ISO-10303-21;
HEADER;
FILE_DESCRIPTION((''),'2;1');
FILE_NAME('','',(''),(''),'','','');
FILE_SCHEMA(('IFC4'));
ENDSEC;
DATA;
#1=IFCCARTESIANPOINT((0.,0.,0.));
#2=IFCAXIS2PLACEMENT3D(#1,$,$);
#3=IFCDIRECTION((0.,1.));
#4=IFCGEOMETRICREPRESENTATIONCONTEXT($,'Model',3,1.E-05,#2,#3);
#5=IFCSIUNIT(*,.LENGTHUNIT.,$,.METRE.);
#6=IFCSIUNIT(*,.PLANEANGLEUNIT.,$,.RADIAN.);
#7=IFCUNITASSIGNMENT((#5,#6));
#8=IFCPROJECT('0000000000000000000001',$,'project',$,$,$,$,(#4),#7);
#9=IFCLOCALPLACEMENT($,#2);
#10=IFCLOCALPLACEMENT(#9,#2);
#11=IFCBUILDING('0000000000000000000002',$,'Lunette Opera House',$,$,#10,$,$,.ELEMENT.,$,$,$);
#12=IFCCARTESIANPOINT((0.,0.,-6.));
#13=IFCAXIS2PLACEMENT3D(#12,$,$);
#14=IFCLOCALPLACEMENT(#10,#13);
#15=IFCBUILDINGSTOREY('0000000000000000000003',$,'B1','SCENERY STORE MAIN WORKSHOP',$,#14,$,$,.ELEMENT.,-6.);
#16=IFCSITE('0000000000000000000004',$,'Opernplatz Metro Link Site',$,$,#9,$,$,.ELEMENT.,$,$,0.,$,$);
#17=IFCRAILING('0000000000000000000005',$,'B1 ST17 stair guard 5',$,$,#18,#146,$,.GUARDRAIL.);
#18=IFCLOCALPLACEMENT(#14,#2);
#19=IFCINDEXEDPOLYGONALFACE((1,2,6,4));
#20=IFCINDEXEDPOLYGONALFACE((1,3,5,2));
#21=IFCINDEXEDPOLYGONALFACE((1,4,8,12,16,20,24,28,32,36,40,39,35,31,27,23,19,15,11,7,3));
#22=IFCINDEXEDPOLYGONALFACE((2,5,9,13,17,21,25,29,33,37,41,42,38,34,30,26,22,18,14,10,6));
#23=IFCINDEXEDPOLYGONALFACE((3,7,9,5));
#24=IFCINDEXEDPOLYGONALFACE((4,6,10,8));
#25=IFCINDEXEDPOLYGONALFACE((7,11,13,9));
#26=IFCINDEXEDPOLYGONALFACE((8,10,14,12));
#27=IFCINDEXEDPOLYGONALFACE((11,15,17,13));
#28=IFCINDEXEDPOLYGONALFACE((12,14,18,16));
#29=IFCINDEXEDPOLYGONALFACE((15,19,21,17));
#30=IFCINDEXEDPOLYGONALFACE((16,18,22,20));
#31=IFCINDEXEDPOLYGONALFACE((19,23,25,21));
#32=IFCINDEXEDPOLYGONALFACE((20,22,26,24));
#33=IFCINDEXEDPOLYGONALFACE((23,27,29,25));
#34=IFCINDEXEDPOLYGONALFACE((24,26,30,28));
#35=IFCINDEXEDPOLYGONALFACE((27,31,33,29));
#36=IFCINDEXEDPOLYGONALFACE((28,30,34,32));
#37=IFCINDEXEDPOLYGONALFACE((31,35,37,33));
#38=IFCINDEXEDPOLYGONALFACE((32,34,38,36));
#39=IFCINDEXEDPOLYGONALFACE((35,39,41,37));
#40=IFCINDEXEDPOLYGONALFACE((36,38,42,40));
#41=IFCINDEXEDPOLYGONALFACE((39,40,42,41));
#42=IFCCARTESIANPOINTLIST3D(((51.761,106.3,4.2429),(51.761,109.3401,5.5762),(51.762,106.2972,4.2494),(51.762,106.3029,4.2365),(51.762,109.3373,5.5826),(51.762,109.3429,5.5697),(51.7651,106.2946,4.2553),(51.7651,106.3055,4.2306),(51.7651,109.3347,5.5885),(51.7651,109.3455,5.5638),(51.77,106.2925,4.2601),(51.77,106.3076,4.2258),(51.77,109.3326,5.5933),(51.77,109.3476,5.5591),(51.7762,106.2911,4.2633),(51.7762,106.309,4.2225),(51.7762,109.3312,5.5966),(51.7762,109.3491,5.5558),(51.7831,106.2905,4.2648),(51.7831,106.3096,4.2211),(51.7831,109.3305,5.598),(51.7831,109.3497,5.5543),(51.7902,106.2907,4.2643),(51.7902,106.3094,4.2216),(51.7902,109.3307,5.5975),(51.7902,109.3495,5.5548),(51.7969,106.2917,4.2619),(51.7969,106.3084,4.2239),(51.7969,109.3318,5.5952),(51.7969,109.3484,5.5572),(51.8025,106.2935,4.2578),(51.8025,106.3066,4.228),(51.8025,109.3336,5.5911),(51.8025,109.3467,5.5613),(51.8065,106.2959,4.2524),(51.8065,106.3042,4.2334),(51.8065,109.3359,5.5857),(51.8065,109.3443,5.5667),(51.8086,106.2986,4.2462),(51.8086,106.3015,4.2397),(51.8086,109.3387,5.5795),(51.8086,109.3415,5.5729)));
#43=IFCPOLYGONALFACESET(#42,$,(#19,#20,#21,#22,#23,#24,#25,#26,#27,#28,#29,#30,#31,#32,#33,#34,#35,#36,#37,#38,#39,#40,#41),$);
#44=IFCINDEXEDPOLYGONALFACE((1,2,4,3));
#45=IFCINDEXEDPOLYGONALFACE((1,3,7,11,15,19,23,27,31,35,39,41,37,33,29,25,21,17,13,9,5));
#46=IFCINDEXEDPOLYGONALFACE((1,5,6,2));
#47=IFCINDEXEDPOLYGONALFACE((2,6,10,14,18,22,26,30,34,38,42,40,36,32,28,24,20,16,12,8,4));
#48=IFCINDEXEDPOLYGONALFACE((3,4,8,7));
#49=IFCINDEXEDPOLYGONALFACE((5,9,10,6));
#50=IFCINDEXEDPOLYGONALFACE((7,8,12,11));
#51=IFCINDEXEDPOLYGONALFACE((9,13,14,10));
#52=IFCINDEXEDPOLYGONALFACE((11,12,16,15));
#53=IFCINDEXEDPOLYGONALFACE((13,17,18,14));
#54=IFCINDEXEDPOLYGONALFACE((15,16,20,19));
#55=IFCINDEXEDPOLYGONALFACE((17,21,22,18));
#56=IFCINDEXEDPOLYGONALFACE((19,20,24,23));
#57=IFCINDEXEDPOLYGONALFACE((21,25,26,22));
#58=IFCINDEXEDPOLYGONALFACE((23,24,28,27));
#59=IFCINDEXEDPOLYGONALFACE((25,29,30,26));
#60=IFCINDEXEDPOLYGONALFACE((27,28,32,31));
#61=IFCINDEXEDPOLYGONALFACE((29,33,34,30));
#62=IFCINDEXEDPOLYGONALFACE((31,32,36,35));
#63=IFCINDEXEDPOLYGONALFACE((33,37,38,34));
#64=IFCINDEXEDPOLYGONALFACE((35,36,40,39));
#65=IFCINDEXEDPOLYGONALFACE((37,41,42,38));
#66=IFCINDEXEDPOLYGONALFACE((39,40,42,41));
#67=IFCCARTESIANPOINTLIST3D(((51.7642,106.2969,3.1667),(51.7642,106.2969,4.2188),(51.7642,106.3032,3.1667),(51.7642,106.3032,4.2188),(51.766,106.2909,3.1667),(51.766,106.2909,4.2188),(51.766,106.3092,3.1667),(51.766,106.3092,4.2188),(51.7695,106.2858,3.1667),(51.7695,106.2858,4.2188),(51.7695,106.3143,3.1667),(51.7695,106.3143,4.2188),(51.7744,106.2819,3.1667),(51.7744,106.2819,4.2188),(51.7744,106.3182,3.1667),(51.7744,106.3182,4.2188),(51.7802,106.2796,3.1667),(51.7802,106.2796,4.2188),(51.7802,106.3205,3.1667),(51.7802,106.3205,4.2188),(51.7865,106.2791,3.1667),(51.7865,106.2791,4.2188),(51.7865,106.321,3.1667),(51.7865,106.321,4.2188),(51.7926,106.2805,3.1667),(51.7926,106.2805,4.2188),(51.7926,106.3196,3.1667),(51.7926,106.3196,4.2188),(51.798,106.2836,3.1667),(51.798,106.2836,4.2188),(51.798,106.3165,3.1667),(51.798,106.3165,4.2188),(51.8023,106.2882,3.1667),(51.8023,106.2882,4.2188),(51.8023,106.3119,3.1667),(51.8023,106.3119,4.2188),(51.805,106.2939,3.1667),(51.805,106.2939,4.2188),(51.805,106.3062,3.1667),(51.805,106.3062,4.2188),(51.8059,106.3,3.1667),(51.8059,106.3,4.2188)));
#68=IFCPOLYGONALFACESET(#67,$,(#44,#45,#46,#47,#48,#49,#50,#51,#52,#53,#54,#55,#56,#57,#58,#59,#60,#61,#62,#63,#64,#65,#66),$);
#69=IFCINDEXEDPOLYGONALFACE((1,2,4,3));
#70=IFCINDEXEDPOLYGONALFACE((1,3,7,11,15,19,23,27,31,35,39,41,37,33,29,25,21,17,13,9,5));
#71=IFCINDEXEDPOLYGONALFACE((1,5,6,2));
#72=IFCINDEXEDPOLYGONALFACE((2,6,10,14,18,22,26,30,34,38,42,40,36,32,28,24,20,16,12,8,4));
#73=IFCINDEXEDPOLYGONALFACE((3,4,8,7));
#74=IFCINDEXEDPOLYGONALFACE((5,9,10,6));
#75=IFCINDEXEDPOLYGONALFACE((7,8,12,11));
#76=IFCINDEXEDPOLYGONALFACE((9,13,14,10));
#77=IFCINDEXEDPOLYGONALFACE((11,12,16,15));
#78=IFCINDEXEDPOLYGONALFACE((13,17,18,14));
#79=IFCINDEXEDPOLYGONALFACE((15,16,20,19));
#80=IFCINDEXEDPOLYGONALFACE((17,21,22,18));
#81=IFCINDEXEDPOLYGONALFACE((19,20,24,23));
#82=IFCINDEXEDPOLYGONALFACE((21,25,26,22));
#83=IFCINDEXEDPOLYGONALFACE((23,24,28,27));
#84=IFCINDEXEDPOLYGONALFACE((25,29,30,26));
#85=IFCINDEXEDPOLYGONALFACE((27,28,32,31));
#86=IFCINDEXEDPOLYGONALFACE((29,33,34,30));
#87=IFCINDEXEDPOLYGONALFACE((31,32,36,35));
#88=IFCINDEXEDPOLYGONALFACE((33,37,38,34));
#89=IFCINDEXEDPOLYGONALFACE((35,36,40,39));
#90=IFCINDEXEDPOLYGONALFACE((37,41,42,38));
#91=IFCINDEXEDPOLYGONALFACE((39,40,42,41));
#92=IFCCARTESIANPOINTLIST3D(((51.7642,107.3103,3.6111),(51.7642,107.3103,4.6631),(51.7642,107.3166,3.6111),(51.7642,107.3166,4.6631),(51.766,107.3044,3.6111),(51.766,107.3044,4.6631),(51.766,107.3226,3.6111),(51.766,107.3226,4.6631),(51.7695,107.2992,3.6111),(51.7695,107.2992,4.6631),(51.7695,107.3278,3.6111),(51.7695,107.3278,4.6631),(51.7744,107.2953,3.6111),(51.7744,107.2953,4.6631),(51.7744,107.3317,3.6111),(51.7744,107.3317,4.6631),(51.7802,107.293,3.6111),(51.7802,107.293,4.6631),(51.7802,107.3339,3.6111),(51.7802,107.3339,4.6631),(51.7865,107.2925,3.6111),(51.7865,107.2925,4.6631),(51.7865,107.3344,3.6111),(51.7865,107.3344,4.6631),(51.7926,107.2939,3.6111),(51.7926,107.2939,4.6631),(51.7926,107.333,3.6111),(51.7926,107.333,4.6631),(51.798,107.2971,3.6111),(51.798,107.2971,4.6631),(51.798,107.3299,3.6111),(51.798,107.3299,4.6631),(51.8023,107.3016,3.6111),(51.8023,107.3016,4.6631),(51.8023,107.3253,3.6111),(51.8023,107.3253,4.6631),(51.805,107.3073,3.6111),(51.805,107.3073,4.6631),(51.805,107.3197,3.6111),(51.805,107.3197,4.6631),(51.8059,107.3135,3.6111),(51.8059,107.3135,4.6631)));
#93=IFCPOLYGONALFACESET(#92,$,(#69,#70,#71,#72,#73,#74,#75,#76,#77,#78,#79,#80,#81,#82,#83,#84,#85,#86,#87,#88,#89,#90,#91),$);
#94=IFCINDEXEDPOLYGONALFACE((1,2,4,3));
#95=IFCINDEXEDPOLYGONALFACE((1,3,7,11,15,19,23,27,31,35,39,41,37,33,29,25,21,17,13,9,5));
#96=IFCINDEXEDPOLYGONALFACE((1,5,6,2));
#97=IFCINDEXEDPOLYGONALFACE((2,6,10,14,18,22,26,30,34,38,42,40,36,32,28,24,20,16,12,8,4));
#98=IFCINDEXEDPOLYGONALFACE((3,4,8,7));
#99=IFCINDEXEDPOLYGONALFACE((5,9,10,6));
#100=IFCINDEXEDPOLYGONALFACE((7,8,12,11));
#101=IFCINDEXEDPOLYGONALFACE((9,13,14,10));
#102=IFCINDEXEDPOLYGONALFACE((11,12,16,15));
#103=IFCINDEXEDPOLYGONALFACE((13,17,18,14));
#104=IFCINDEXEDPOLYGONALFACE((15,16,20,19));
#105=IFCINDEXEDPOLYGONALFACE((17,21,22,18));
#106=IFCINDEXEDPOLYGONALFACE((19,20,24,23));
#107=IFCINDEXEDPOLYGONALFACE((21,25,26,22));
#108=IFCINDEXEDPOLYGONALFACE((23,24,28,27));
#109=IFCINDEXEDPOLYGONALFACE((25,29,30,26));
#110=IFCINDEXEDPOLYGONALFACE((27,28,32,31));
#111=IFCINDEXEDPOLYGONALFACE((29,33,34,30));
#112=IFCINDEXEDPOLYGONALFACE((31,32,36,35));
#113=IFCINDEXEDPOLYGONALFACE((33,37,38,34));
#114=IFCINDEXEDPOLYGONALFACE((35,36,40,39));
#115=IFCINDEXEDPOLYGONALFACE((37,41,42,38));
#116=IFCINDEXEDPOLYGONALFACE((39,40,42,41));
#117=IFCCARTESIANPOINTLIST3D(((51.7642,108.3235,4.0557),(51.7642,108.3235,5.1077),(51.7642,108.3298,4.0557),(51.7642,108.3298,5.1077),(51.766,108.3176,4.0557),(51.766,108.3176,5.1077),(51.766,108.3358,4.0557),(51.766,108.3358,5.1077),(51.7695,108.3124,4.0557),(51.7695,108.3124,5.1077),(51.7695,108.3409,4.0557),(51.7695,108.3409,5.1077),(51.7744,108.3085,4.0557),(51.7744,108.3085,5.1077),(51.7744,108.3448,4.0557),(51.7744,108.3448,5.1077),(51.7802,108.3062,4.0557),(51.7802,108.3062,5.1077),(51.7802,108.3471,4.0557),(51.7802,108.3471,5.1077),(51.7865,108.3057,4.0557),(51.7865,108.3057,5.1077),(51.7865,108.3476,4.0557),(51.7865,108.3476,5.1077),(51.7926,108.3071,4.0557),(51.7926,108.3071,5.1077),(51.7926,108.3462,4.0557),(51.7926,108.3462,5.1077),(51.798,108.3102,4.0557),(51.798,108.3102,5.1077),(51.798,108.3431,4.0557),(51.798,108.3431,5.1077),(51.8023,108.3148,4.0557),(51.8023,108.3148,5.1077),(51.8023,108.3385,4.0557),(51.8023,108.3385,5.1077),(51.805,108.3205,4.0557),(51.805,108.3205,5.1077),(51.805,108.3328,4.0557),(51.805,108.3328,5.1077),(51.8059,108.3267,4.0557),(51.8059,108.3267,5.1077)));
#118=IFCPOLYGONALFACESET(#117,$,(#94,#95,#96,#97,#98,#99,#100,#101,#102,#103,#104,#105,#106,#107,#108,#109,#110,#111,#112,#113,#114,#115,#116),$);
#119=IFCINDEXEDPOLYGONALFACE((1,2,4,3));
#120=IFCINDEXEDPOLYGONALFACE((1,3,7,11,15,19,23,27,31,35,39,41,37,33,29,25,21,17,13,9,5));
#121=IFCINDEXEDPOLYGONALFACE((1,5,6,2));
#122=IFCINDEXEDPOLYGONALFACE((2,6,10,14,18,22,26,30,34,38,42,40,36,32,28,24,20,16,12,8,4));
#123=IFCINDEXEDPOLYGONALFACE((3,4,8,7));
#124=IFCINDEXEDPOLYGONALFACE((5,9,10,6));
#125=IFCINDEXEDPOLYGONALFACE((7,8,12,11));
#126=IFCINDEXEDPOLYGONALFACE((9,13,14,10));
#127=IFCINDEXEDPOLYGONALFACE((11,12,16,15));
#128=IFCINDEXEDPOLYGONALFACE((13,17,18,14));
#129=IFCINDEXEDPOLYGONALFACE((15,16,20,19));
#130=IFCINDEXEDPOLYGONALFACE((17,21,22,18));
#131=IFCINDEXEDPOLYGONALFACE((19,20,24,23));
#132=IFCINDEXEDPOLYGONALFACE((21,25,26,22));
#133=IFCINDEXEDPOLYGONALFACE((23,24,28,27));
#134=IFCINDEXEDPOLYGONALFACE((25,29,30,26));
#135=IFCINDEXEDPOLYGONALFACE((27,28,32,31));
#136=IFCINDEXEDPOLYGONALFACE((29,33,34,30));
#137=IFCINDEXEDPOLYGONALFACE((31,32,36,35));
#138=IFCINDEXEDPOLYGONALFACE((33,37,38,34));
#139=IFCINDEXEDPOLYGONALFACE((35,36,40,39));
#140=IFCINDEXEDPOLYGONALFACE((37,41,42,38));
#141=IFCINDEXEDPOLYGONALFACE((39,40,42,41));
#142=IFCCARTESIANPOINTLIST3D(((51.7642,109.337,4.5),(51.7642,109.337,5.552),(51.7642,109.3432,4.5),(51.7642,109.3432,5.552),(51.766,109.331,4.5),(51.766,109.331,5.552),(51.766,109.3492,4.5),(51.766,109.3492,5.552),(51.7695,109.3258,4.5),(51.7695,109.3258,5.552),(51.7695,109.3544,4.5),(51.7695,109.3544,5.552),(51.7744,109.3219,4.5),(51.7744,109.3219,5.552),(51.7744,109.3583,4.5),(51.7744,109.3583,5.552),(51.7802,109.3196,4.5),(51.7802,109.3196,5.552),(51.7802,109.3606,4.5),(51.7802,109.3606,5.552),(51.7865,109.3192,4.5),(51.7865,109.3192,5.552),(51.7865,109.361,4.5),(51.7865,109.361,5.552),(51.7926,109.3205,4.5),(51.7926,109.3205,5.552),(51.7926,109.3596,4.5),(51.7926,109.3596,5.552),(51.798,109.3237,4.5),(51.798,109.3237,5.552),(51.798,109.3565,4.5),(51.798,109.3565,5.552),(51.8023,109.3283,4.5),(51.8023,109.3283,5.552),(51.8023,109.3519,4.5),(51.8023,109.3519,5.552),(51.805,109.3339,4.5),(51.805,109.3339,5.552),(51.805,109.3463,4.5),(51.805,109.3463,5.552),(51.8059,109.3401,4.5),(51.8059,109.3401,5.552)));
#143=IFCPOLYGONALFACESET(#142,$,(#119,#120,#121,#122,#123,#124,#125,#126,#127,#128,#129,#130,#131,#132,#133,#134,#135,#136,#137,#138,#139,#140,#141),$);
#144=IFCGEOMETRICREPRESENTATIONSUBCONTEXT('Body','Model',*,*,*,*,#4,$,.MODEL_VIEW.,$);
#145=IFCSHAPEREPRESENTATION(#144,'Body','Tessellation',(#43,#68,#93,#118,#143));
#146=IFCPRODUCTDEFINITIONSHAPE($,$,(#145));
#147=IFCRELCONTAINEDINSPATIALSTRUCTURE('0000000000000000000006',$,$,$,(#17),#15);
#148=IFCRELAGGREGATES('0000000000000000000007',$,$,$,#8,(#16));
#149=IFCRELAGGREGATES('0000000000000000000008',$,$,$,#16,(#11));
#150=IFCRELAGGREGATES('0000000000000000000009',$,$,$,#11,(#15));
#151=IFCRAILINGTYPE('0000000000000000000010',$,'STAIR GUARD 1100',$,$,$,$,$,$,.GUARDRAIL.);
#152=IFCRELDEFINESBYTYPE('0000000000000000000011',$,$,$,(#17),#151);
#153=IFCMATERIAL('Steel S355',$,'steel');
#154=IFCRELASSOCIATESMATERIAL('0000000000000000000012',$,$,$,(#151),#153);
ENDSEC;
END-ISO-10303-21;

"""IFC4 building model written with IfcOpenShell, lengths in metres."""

from ifc_helpers import new_model, si_unit, direction, frame, origin, origin_2d, place, context, subcontext, project, spatial, circle, extrude, material, type_object, element, save


model = new_model("IFC4")

# Units and contexts
model_context = context("Model", 3, precision=1e-05, world=origin(), true_north=direction((0.0, 1.0)))
body_context = subcontext(model_context, "Body", "Model", "MODEL_VIEW")
ifc_project = project(units=[si_unit("LENGTHUNIT", "METRE"), si_unit("PLANEANGLEUNIT", "RADIAN")], contexts=[model_context])

# Site, building, storey
site_placement = place(None, origin())
site = spatial("IfcSite", under=ifc_project, at=site_placement, Name="Opernplatz Metro Link Site", CompositionType="ELEMENT", RefElevation=0.0)
building_placement = place(site_placement, origin())
building = spatial("IfcBuilding", under=site, at=building_placement, Name="Lunette Opera House", CompositionType="ELEMENT")
storey_placement = place(building_placement, frame((0.0, 0.0, -6.0)))
storey = spatial("IfcBuildingStorey", under=building, at=storey_placement, Name="B1", Description="SCENERY STORE MAIN WORKSHOP", CompositionType="ELEMENT", Elevation=-6.0)

# Railing
ifc_material_1 = material(Name="Steel S355", Category="steel")
railing_type_1 = type_object("IfcRailingType", Name="STAIR GUARD 1100", PredefinedType="GUARDRAIL", material=ifc_material_1)
railing_1_placement = place(storey_placement, frame((51.7849, 106.3, 3.1667)))
element("IfcRailing", 1, at=railing_1_placement, inside=storey, type_object=railing_type_1, Name="B1 ST17 stair guard 5", PredefinedType="GUARDRAIL", context=body_context, shape_type="SweptSolid", body=[
    extrude(circle(Radius=0.0239, at=origin_2d()), frame((0.0, 0.0, 1.0762), z_axis=(0.0, 0.915799, 0.401637), x_axis=(-1.0, 0.0, 0.0)), (0.0, 0.0, 1.0), 3.3196),
    extrude(circle(Radius=0.021, at=origin_2d()), origin(), (0.0, 0.0, 1.0), 1.052),
    extrude(circle(Radius=0.021, at=origin_2d()), frame((0.0, 1.0134, 0.4443)), (0.0, 0.0, 1.0), 1.052),
    extrude(circle(Radius=0.021, at=origin_2d()), frame((0.0, 2.0266, 0.8889)), (0.0, 0.0, 1.0), 1.052),
    extrude(circle(Radius=0.021, at=origin_2d()), frame((0.0, 3.04, 1.3333)), (0.0, 0.0, 1.0), 1.052),
])

save(model, "model.ifc")
